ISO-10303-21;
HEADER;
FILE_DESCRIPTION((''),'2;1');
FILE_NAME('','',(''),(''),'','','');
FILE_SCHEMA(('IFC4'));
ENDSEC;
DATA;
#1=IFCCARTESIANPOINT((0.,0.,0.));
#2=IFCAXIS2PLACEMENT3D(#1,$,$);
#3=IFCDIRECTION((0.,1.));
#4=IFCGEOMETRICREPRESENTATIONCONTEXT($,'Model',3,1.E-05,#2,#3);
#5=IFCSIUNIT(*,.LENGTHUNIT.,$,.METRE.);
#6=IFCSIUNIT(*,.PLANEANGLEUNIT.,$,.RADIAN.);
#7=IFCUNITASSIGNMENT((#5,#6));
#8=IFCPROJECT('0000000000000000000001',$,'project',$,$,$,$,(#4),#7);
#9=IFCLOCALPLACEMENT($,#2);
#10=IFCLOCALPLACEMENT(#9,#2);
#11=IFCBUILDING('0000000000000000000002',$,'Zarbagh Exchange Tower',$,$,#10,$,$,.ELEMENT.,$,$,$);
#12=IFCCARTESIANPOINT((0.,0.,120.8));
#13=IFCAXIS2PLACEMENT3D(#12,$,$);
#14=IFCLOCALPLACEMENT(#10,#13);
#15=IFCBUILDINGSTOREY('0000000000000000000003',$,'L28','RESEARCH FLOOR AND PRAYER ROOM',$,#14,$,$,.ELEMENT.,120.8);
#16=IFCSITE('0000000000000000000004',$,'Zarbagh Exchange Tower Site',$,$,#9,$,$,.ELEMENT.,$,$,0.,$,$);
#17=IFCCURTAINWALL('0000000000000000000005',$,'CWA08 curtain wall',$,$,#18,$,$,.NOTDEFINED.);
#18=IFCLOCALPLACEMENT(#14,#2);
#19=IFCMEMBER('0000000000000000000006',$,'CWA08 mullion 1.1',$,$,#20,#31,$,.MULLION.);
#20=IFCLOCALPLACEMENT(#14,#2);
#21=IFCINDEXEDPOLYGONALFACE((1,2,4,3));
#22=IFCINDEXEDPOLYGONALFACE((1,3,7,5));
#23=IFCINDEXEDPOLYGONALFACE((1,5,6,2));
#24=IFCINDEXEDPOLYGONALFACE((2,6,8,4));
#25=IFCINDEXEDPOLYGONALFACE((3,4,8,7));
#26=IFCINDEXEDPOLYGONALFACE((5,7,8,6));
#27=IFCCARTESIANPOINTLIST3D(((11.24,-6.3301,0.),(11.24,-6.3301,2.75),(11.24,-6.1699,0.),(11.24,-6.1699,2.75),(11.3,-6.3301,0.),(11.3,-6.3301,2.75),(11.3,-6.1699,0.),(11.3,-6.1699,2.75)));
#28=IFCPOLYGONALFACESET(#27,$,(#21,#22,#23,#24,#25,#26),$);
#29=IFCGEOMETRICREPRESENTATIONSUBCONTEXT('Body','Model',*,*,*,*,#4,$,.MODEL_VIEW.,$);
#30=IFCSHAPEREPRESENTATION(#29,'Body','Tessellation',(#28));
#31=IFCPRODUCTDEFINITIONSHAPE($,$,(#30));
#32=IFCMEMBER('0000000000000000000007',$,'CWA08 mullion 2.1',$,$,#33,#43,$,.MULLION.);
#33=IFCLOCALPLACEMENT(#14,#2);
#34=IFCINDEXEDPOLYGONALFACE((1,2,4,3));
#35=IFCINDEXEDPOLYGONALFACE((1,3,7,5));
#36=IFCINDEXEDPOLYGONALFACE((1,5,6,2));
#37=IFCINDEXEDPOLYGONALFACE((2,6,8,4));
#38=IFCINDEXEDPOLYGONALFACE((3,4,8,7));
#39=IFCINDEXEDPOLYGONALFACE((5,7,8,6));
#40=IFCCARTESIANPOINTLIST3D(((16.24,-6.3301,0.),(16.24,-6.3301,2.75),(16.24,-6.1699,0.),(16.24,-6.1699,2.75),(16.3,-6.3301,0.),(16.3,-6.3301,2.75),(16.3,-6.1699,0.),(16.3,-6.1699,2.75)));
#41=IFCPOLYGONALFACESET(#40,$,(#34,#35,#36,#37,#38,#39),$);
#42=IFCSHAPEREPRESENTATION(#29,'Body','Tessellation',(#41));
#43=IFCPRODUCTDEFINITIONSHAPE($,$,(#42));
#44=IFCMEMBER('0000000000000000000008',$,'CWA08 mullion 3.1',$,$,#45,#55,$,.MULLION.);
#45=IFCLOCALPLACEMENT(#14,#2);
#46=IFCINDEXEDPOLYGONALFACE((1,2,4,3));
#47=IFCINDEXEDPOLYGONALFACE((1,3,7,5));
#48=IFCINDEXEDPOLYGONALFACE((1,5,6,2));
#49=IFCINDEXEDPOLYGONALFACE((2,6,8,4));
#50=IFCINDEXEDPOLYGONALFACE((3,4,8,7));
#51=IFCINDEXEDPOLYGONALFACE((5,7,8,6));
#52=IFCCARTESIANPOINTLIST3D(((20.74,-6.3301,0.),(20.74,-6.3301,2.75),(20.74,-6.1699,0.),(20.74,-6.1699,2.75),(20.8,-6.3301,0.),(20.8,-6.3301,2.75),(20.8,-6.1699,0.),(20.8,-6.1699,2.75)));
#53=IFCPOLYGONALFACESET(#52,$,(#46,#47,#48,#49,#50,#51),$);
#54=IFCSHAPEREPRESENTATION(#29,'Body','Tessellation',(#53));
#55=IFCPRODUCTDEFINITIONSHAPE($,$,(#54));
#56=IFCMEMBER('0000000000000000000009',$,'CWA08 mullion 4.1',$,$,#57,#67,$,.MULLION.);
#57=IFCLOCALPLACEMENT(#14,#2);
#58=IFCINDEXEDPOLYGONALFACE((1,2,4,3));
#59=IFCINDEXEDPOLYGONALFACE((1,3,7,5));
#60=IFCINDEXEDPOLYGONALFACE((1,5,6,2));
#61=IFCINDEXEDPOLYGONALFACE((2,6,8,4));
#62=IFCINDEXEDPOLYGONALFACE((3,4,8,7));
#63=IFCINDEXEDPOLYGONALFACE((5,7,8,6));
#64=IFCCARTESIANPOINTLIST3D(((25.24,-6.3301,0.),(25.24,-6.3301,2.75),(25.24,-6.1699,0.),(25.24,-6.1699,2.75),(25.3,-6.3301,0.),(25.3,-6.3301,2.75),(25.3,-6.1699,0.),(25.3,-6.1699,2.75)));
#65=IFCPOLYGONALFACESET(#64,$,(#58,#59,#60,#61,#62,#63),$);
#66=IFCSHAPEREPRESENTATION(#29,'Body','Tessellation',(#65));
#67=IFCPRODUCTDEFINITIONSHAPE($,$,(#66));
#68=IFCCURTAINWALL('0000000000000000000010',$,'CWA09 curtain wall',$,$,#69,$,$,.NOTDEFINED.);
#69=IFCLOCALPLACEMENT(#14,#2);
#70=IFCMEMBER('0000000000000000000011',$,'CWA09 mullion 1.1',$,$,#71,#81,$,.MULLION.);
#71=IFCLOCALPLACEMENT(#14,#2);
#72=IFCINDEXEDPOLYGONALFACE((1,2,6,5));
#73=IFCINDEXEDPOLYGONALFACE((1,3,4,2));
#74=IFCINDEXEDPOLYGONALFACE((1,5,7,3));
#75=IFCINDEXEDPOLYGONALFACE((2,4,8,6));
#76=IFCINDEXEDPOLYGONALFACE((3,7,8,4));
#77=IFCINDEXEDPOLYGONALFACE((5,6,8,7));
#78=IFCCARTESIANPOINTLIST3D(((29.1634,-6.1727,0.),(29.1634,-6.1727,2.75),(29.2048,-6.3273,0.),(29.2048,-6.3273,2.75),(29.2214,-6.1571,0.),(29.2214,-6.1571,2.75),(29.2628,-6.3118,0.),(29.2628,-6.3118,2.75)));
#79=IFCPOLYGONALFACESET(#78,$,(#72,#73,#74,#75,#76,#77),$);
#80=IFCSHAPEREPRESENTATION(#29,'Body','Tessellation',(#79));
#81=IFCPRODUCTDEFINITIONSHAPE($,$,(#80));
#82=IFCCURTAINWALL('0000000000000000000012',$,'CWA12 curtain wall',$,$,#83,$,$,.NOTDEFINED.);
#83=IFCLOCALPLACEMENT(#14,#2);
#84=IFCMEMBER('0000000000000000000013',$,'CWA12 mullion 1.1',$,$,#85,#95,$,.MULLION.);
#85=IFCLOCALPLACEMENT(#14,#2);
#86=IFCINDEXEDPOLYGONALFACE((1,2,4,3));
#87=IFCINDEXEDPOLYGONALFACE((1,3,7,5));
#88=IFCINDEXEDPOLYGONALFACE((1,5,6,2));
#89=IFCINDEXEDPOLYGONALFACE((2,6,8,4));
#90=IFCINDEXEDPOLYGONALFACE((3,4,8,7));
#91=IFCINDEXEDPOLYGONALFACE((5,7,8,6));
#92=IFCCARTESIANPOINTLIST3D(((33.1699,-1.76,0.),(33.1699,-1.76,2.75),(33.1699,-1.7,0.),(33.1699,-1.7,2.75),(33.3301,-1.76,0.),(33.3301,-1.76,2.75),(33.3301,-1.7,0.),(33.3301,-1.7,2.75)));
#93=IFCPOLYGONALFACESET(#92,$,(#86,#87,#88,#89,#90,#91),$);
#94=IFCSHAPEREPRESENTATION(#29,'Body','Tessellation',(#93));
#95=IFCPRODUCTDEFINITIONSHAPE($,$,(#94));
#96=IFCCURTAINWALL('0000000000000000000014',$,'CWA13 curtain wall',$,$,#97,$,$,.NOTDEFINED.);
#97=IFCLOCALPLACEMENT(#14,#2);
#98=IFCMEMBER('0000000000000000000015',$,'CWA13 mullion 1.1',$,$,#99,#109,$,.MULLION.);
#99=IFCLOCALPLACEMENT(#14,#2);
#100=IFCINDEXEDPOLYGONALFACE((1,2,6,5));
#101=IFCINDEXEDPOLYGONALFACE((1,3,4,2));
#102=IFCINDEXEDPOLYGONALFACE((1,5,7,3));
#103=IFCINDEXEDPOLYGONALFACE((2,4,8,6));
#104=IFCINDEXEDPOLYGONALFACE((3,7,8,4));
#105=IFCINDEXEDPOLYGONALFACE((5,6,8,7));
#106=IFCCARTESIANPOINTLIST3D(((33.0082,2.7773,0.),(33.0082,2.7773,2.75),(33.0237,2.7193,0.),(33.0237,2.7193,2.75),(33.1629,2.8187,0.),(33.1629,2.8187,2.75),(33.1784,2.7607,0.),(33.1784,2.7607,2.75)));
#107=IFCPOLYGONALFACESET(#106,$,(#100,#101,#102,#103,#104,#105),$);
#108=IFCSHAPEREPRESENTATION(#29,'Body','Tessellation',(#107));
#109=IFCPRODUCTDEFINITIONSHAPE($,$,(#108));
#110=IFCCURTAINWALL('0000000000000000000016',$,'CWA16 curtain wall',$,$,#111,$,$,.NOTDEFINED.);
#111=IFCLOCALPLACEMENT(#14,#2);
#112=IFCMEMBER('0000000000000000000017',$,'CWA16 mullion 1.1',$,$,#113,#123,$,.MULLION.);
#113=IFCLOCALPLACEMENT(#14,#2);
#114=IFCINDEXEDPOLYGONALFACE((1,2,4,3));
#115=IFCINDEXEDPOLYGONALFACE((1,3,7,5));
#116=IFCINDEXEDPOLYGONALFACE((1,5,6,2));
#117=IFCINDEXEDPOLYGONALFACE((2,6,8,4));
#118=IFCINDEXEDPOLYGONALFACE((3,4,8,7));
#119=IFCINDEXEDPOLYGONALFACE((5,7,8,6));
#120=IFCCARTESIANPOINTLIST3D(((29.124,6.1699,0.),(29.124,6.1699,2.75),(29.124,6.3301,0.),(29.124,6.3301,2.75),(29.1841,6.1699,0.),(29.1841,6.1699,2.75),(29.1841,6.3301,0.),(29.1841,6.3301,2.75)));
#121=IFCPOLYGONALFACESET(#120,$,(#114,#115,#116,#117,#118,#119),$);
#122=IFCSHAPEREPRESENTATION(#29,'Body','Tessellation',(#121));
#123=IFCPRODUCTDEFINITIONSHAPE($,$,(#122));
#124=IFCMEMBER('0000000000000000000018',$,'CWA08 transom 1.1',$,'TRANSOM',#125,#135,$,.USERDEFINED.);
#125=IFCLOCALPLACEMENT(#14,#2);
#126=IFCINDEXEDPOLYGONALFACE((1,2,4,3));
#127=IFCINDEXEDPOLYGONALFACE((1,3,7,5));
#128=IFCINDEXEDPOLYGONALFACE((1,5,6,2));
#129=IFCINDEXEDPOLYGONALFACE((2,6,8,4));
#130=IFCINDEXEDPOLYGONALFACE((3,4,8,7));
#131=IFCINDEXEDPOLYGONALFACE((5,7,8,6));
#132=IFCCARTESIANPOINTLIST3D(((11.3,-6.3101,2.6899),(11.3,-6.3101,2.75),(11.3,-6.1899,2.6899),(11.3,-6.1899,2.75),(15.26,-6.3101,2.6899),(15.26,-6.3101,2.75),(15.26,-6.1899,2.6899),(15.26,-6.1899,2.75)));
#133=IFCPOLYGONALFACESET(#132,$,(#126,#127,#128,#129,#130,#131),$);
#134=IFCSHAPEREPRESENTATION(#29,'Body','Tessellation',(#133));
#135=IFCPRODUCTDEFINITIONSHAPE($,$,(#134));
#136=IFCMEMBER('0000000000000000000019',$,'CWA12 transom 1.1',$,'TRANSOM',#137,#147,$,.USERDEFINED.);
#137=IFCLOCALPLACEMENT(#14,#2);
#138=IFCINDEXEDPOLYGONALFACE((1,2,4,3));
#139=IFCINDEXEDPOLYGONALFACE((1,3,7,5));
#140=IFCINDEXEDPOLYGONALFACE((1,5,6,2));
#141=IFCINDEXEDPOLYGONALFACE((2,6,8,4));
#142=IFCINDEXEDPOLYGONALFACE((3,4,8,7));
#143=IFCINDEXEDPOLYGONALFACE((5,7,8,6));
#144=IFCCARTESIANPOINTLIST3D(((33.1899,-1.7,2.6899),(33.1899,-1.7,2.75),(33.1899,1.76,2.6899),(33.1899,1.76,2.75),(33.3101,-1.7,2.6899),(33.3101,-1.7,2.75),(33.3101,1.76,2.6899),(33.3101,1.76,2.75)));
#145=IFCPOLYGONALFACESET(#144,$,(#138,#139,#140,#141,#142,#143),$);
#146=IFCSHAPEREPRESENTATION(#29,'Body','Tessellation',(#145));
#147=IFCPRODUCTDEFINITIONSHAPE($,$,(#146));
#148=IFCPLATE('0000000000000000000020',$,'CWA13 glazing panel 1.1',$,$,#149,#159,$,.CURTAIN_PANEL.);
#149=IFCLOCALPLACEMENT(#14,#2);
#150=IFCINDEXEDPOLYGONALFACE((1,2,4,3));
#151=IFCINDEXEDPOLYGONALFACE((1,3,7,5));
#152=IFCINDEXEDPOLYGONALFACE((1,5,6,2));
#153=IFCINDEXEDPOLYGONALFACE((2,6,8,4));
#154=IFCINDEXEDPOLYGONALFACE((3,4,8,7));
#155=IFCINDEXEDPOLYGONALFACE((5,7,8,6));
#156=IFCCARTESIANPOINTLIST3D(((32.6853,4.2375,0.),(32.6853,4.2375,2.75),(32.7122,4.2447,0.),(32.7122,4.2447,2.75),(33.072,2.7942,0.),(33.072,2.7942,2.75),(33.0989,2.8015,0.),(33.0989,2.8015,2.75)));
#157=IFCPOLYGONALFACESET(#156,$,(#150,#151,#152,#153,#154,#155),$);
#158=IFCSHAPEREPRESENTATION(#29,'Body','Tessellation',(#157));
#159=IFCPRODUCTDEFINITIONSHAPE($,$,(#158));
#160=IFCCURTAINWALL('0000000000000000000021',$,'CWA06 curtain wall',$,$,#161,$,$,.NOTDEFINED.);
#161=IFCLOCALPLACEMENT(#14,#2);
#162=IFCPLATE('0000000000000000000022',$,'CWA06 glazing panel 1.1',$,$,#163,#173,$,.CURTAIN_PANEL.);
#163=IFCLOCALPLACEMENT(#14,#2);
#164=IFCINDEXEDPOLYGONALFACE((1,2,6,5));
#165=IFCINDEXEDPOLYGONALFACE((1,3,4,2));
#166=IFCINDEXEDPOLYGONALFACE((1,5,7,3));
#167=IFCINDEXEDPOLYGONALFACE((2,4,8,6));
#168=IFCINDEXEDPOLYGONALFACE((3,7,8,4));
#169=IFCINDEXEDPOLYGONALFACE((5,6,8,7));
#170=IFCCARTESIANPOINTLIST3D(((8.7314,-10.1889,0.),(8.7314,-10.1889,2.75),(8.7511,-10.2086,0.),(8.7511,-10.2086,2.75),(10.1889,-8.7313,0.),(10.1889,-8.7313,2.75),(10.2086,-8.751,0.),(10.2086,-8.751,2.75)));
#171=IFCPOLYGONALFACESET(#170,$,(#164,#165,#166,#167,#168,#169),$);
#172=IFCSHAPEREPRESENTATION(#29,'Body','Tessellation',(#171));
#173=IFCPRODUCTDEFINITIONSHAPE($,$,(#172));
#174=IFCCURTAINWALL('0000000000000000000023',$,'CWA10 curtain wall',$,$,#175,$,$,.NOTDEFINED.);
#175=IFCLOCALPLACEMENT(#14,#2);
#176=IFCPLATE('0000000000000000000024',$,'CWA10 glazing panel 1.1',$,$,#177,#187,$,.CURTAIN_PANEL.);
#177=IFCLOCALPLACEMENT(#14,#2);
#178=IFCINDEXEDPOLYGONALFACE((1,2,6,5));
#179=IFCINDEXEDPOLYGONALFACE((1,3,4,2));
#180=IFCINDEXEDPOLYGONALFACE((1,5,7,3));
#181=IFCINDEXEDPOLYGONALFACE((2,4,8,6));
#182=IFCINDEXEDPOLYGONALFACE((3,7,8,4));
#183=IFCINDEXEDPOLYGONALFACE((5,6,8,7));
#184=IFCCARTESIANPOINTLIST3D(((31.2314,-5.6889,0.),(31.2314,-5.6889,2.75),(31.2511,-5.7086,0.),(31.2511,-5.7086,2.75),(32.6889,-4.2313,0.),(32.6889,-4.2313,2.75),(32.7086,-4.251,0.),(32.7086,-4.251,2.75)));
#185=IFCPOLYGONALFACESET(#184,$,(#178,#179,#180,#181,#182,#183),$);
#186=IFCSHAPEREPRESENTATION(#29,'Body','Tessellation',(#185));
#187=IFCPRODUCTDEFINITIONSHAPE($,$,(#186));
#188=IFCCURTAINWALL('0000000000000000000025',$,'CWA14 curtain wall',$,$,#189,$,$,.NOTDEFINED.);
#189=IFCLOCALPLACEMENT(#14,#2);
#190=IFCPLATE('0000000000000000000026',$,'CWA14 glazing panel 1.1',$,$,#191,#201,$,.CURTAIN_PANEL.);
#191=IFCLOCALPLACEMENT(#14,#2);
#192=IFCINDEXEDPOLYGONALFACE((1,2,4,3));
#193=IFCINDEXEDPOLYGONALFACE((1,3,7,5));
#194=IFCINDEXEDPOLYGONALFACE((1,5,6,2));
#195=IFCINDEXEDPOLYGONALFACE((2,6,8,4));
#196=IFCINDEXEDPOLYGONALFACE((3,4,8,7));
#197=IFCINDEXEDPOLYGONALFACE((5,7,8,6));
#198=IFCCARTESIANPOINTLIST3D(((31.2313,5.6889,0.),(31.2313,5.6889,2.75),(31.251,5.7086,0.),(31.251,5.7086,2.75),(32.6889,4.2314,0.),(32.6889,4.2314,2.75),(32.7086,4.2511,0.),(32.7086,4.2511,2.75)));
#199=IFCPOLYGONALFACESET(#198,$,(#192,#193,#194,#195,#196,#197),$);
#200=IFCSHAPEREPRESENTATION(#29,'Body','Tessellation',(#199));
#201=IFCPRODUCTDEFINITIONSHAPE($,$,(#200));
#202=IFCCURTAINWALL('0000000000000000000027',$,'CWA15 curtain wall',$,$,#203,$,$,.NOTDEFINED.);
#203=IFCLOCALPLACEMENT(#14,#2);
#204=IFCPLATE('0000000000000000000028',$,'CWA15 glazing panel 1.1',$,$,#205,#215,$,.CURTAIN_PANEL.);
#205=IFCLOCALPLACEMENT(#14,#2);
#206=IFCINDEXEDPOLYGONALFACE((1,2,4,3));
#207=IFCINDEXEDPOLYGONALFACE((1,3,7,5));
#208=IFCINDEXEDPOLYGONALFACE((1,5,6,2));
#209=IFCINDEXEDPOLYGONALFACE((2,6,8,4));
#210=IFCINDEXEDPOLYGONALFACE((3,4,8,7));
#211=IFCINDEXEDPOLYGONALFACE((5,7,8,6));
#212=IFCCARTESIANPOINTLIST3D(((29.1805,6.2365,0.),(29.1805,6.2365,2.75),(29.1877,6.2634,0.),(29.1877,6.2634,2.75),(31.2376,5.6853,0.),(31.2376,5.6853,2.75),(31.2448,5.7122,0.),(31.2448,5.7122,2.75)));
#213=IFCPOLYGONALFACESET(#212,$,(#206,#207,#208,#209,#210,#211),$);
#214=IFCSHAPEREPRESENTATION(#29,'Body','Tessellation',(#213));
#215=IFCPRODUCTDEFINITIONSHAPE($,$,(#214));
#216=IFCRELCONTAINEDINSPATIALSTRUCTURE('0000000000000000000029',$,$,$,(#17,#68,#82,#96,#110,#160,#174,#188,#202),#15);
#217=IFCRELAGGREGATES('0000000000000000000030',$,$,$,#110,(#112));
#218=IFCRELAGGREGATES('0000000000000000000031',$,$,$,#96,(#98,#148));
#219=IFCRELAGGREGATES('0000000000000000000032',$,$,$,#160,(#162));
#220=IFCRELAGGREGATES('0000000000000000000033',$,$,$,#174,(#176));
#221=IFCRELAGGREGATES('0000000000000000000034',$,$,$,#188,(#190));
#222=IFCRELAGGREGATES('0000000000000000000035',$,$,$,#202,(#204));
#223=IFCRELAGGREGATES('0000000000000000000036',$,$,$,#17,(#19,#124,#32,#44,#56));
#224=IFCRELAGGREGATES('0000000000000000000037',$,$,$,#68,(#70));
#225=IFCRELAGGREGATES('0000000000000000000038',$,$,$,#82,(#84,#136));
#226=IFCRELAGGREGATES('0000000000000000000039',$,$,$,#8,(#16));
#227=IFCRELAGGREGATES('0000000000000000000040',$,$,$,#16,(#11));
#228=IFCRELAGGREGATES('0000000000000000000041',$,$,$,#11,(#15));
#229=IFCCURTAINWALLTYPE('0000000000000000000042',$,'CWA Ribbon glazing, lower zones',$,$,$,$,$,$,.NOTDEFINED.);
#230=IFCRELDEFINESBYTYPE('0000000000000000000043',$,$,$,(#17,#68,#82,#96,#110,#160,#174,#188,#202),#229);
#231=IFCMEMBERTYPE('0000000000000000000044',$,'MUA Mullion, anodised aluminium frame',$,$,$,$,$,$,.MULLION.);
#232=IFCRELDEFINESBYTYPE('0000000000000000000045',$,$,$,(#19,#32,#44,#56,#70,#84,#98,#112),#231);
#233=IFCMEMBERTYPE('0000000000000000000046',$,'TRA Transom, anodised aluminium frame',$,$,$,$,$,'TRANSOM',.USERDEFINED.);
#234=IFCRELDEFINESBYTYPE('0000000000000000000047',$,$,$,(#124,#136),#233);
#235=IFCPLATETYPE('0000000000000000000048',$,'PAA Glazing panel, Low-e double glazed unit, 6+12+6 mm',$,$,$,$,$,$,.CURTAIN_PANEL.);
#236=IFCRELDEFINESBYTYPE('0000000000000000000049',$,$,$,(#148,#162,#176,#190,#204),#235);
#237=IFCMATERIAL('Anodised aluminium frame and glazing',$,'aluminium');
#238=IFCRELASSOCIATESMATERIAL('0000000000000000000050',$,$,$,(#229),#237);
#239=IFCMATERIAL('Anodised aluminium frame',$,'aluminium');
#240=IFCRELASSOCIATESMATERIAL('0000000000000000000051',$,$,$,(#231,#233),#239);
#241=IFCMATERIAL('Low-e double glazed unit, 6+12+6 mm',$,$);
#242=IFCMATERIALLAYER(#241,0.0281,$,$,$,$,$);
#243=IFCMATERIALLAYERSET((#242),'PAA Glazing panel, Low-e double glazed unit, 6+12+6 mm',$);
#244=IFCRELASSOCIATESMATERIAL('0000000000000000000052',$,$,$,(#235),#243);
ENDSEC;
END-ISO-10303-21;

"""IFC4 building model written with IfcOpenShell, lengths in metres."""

from ifc_helpers import new_model, si_unit, direction, frame, origin, place, context, subcontext, project, spatial, polyline, outline, extrude, source, transform, mapped, material, layer, layer_set, type_object, element, aggregate, save


model = new_model("IFC4")

# Units and contexts
model_context = context("Model", 3, precision=1e-05, world=origin(), true_north=direction((0.0, 1.0)))
body_context = subcontext(model_context, "Body", "Model", "MODEL_VIEW")
ifc_project = project(units=[si_unit("LENGTHUNIT", "METRE"), si_unit("PLANEANGLEUNIT", "RADIAN")], contexts=[model_context])

# Site, building, storey
site_placement = place(None, origin())
site = spatial("IfcSite", under=ifc_project, at=site_placement, Name="Zarbagh Exchange Tower Site", CompositionType="ELEMENT", RefElevation=0.0)
building_placement = place(site_placement, origin())
building = spatial("IfcBuilding", under=site, at=building_placement, Name="Zarbagh Exchange Tower", CompositionType="ELEMENT")
storey_placement = place(building_placement, frame((0.0, 0.0, 120.8)))
storey = spatial("IfcBuildingStorey", under=building, at=storey_placement, Name="L28", Description="RESEARCH FLOOR AND PRAYER ROOM", CompositionType="ELEMENT", Elevation=120.8)

# Curtain wall, members
ifc_material_1 = material(Name="Anodised aluminium frame and glazing", Category="aluminium")
curtain_wall_type = type_object("IfcCurtainWallType", Name="CWA Ribbon glazing, lower zones", PredefinedType="NOTDEFINED", material=ifc_material_1)
curtain_wall_1_placement = place(storey_placement, origin())
curtain_wall_1 = element("IfcCurtainWall", 1, at=curtain_wall_1_placement, inside=storey, type_object=curtain_wall_type, Name="CWA08 curtain wall", PredefinedType="NOTDEFINED")
ifc_material_2 = material(Name="Anodised aluminium frame", Category="aluminium")
member_type_1 = type_object("IfcMemberType", Name="MUA Mullion, anodised aluminium frame", PredefinedType="MULLION", material=ifc_material_2)
shared_shape_1 = source(origin(), body_context, "Body", "SweptSolid", [
    extrude(outline(polyline([(0.0, -0.0801), (0.0601, -0.0801), (0.0601, 0.0801), (0.0, 0.0801), (0.0, -0.0801)])), origin(), (0.0, 0.0, 1.0), 2.75),
])
placement = place(storey_placement, origin())
member_1 = element("IfcMember", 2, at=placement, type_object=member_type_1, Name="CWA08 mullion 1.1", PredefinedType="MULLION", context=body_context, shape_type="MappedRepresentation", body=[
    mapped(shared_shape_1, transform((11.24, -6.25, 0.0), x_axis=(1.0, 0.0, 0.0), y_axis=(0.0, 1.0, 0.0), z_axis=(0.0, 0.0, 1.0))),
])
member_2 = element("IfcMember", 3, at=placement, type_object=member_type_1, Name="CWA08 mullion 2.1", PredefinedType="MULLION", context=body_context, shape_type="MappedRepresentation", body=[
    mapped(shared_shape_1, transform((16.24, -6.25, 0.0), x_axis=(1.0, 0.0, 0.0), y_axis=(0.0, 1.0, 0.0), z_axis=(0.0, 0.0, 1.0))),
])
member_3 = element("IfcMember", 4, at=placement, type_object=member_type_1, Name="CWA08 mullion 3.1", PredefinedType="MULLION", context=body_context, shape_type="MappedRepresentation", body=[
    mapped(shared_shape_1, transform((20.74, -6.25, 0.0), x_axis=(1.0, 0.0, 0.0), y_axis=(0.0, 1.0, 0.0), z_axis=(0.0, 0.0, 1.0))),
])
member_4 = element("IfcMember", 5, at=placement, type_object=member_type_1, Name="CWA08 mullion 4.1", PredefinedType="MULLION", context=body_context, shape_type="MappedRepresentation", body=[
    mapped(shared_shape_1, transform((25.24, -6.25, 0.0), x_axis=(1.0, 0.0, 0.0), y_axis=(0.0, 1.0, 0.0), z_axis=(0.0, 0.0, 1.0))),
])

# Curtain walls, members
curtain_wall_2_placement = place(storey_placement, origin())
curtain_wall_2 = element("IfcCurtainWall", 6, at=curtain_wall_2_placement, inside=storey, type_object=curtain_wall_type, Name="CWA09 curtain wall", PredefinedType="NOTDEFINED")
member_5 = element("IfcMember", 7, at=placement, type_object=member_type_1, Name="CWA09 mullion 1.1", PredefinedType="MULLION", context=body_context, shape_type="MappedRepresentation", body=[
    mapped(shared_shape_1, transform((29.1841, -6.25, 0.0), x_axis=(0.965924, 0.258825, 0.0), y_axis=(-0.258825, 0.965924, 0.0), z_axis=(0.0, 0.0, 1.0))),
])
curtain_wall_3_placement = place(storey_placement, origin())
curtain_wall_3 = element("IfcCurtainWall", 8, at=curtain_wall_3_placement, inside=storey, type_object=curtain_wall_type, Name="CWA12 curtain wall", PredefinedType="NOTDEFINED")
member_6 = element("IfcMember", 9, at=placement, type_object=member_type_1, Name="CWA12 mullion 1.1", PredefinedType="MULLION", context=body_context, shape_type="MappedRepresentation", body=[
    mapped(shared_shape_1, transform((33.25, -1.76, 0.0), x_axis=(0.0, 1.0, 0.0), y_axis=(-1.0, 0.0, 0.0), z_axis=(0.0, 0.0, 1.0))),
])
curtain_wall_4_placement = place(storey_placement, origin())
curtain_wall_4 = element("IfcCurtainWall", 10, at=curtain_wall_4_placement, inside=storey, type_object=curtain_wall_type, Name="CWA13 curtain wall", PredefinedType="NOTDEFINED")
member_7 = element("IfcMember", 11, at=placement, type_object=member_type_1, Name="CWA13 mullion 1.1", PredefinedType="MULLION", context=body_context, shape_type="MappedRepresentation", body=[
    mapped(shared_shape_1, transform((33.1011, 2.74, 0.0), x_axis=(-0.258825, 0.965924, 0.0), y_axis=(-0.965924, -0.258825, 0.0), z_axis=(0.0, 0.0, 1.0))),
])
curtain_wall_5_placement = place(storey_placement, origin())
curtain_wall_5 = element("IfcCurtainWall", 12, at=curtain_wall_5_placement, inside=storey, type_object=curtain_wall_type, Name="CWA16 curtain wall", PredefinedType="NOTDEFINED")
member_8 = element("IfcMember", 13, at=placement, type_object=member_type_1, Name="CWA16 mullion 1.1", PredefinedType="MULLION", context=body_context, shape_type="MappedRepresentation", body=[
    mapped(shared_shape_1, transform((29.1841, 6.25, 0.0), x_axis=(-1.0, 0.0, 0.0), y_axis=(0.0, -1.0, 0.0), z_axis=(0.0, 0.0, 1.0))),
])
aggregate(curtain_wall_5, [member_8])

# Members
member_type_2 = type_object("IfcMemberType", Name="TRA Transom, anodised aluminium frame", ElementType="TRANSOM", PredefinedType="USERDEFINED", material=ifc_material_2)
shared_shape_2 = source(origin(), body_context, "Body", "SweptSolid", [
    extrude(outline(polyline([(-0.0601, -0.0601), (0.0, -0.0601), (0.0, 0.0601), (-0.0601, 0.0601), (-0.0601, -0.0601)])), origin(), (0.0, 0.0, 1.0), 3.96),
])
member_9 = element("IfcMember", 14, at=placement, type_object=member_type_2, Name="CWA08 transom 1.1", ObjectType="TRANSOM", PredefinedType="USERDEFINED", context=body_context, shape_type="MappedRepresentation", body=[
    mapped(shared_shape_2, transform((11.3, -6.25, 2.75), x_axis=(0.0, 0.0, 1.0), y_axis=(0.0, -1.0, 0.0), z_axis=(1.0, 0.0, 0.0))),
])
shared_shape_3 = source(origin(), body_context, "Body", "SweptSolid", [
    extrude(outline(polyline([(-0.0601, -0.0601), (0.0, -0.0601), (0.0, 0.0601), (-0.0601, 0.0601), (-0.0601, -0.0601)])), origin(), (0.0, 0.0, 1.0), 3.46),
])
member_10 = element("IfcMember", 15, at=placement, type_object=member_type_2, Name="CWA12 transom 1.1", ObjectType="TRANSOM", PredefinedType="USERDEFINED", context=body_context, shape_type="MappedRepresentation", body=[
    mapped(shared_shape_3, transform((33.25, -1.7, 2.75), x_axis=(0.0, 0.0, 1.0), y_axis=(1.0, 0.0, 0.0), z_axis=(0.0, 1.0, 0.0))),
])

# Plate
ifc_material_3 = material(Name="Low-e double glazed unit, 6+12+6 mm")
ifc_layer = layer(ifc_material_3, 0.0281)
ifc_layer_set = layer_set([ifc_layer], Name="PAA Glazing panel, Low-e double glazed unit, 6+12+6 mm")
plate_type = type_object("IfcPlateType", Name="PAA Glazing panel, Low-e double glazed unit, 6+12+6 mm", PredefinedType="CURTAIN_PANEL", material=ifc_layer_set)
shared_shape_4 = source(origin(), body_context, "Body", "SweptSolid", [
    extrude(outline(polyline([(0.0, -0.0139), (1.4941, -0.0139), (1.4941, 0.0139), (0.0, 0.0139), (0.0, -0.0139)])), origin(), (0.0, 0.0, 1.0), 2.75),
])
plate_1 = element("IfcPlate", 16, at=placement, type_object=plate_type, Name="CWA13 glazing panel 1.1", PredefinedType="CURTAIN_PANEL", context=body_context, shape_type="MappedRepresentation", body=[
    mapped(shared_shape_4, transform((33.0854, 2.7979, 0.0), x_axis=(-0.258825, 0.965924, 0.0), y_axis=(-0.965924, -0.258825, 0.0), z_axis=(0.0, 0.0, 1.0))),
])
aggregate(curtain_wall_4, [member_7, plate_1])

# Curtain walls, plates
curtain_wall_6_placement = place(storey_placement, origin())
curtain_wall_6 = element("IfcCurtainWall", 17, at=curtain_wall_6_placement, inside=storey, type_object=curtain_wall_type, Name="CWA06 curtain wall", PredefinedType="NOTDEFINED")
shared_shape_5 = source(origin(), body_context, "Body", "SweptSolid", [
    extrude(outline(polyline([(0.0, -0.0139), (2.0613, -0.0139), (2.0613, 0.0139), (0.0, 0.0139), (0.0, -0.0139)])), origin(), (0.0, 0.0, 1.0), 2.75),
])
plate_2 = element("IfcPlate", 18, at=placement, type_object=plate_type, Name="CWA06 glazing panel 1.1", PredefinedType="CURTAIN_PANEL", context=body_context, shape_type="MappedRepresentation", body=[
    mapped(shared_shape_5, transform((8.7412, -10.1987, 0.0), x_axis=(0.707107, 0.707107, 0.0), y_axis=(-0.707107, 0.707107, 0.0), z_axis=(0.0, 0.0, 1.0))),
])
aggregate(curtain_wall_6, [plate_2])
curtain_wall_7_placement = place(storey_placement, origin())
curtain_wall_7 = element("IfcCurtainWall", 19, at=curtain_wall_7_placement, inside=storey, type_object=curtain_wall_type, Name="CWA10 curtain wall", PredefinedType="NOTDEFINED")
plate_3 = element("IfcPlate", 20, at=placement, type_object=plate_type, Name="CWA10 glazing panel 1.1", PredefinedType="CURTAIN_PANEL", context=body_context, shape_type="MappedRepresentation", body=[
    mapped(shared_shape_5, transform((31.2412, -5.6987, 0.0), x_axis=(0.707107, 0.707107, 0.0), y_axis=(-0.707107, 0.707107, 0.0), z_axis=(0.0, 0.0, 1.0))),
])
aggregate(curtain_wall_7, [plate_3])
curtain_wall_8_placement = place(storey_placement, origin())
curtain_wall_8 = element("IfcCurtainWall", 21, at=curtain_wall_8_placement, inside=storey, type_object=curtain_wall_type, Name="CWA14 curtain wall", PredefinedType="NOTDEFINED")
plate_4 = element("IfcPlate", 22, at=placement, type_object=plate_type, Name="CWA14 glazing panel 1.1", PredefinedType="CURTAIN_PANEL", context=body_context, shape_type="MappedRepresentation", body=[
    mapped(shared_shape_5, transform((32.6987, 4.2412, 0.0), x_axis=(-0.707107, 0.707107, 0.0), y_axis=(-0.707107, -0.707107, 0.0), z_axis=(0.0, 0.0, 1.0))),
])
aggregate(curtain_wall_8, [plate_4])
curtain_wall_9_placement = place(storey_placement, origin())
curtain_wall_9 = element("IfcCurtainWall", 23, at=curtain_wall_9_placement, inside=storey, type_object=curtain_wall_type, Name="CWA15 curtain wall", PredefinedType="NOTDEFINED")
shared_shape_6 = source(origin(), body_context, "Body", "SweptSolid", [
    extrude(outline(polyline([(0.0, -0.0139), (2.1296, -0.0139), (2.1296, 0.0139), (0.0, 0.0139), (0.0, -0.0139)])), origin(), (0.0, 0.0, 1.0), 2.75),
])
plate_5 = element("IfcPlate", 24, at=placement, type_object=plate_type, Name="CWA15 glazing panel 1.1", PredefinedType="CURTAIN_PANEL", context=body_context, shape_type="MappedRepresentation", body=[
    mapped(shared_shape_6, transform((31.2412, 5.6987, 0.0), x_axis=(-0.965924, 0.258825, 0.0), y_axis=(-0.258825, -0.965924, 0.0), z_axis=(0.0, 0.0, 1.0))),
])
aggregate(curtain_wall_9, [plate_5])

aggregate(curtain_wall_1, [member_1, member_9, member_2, member_3, member_4])
aggregate(curtain_wall_2, [member_5])

aggregate(curtain_wall_3, [member_6, member_10])

save(model, "model.ifc")
